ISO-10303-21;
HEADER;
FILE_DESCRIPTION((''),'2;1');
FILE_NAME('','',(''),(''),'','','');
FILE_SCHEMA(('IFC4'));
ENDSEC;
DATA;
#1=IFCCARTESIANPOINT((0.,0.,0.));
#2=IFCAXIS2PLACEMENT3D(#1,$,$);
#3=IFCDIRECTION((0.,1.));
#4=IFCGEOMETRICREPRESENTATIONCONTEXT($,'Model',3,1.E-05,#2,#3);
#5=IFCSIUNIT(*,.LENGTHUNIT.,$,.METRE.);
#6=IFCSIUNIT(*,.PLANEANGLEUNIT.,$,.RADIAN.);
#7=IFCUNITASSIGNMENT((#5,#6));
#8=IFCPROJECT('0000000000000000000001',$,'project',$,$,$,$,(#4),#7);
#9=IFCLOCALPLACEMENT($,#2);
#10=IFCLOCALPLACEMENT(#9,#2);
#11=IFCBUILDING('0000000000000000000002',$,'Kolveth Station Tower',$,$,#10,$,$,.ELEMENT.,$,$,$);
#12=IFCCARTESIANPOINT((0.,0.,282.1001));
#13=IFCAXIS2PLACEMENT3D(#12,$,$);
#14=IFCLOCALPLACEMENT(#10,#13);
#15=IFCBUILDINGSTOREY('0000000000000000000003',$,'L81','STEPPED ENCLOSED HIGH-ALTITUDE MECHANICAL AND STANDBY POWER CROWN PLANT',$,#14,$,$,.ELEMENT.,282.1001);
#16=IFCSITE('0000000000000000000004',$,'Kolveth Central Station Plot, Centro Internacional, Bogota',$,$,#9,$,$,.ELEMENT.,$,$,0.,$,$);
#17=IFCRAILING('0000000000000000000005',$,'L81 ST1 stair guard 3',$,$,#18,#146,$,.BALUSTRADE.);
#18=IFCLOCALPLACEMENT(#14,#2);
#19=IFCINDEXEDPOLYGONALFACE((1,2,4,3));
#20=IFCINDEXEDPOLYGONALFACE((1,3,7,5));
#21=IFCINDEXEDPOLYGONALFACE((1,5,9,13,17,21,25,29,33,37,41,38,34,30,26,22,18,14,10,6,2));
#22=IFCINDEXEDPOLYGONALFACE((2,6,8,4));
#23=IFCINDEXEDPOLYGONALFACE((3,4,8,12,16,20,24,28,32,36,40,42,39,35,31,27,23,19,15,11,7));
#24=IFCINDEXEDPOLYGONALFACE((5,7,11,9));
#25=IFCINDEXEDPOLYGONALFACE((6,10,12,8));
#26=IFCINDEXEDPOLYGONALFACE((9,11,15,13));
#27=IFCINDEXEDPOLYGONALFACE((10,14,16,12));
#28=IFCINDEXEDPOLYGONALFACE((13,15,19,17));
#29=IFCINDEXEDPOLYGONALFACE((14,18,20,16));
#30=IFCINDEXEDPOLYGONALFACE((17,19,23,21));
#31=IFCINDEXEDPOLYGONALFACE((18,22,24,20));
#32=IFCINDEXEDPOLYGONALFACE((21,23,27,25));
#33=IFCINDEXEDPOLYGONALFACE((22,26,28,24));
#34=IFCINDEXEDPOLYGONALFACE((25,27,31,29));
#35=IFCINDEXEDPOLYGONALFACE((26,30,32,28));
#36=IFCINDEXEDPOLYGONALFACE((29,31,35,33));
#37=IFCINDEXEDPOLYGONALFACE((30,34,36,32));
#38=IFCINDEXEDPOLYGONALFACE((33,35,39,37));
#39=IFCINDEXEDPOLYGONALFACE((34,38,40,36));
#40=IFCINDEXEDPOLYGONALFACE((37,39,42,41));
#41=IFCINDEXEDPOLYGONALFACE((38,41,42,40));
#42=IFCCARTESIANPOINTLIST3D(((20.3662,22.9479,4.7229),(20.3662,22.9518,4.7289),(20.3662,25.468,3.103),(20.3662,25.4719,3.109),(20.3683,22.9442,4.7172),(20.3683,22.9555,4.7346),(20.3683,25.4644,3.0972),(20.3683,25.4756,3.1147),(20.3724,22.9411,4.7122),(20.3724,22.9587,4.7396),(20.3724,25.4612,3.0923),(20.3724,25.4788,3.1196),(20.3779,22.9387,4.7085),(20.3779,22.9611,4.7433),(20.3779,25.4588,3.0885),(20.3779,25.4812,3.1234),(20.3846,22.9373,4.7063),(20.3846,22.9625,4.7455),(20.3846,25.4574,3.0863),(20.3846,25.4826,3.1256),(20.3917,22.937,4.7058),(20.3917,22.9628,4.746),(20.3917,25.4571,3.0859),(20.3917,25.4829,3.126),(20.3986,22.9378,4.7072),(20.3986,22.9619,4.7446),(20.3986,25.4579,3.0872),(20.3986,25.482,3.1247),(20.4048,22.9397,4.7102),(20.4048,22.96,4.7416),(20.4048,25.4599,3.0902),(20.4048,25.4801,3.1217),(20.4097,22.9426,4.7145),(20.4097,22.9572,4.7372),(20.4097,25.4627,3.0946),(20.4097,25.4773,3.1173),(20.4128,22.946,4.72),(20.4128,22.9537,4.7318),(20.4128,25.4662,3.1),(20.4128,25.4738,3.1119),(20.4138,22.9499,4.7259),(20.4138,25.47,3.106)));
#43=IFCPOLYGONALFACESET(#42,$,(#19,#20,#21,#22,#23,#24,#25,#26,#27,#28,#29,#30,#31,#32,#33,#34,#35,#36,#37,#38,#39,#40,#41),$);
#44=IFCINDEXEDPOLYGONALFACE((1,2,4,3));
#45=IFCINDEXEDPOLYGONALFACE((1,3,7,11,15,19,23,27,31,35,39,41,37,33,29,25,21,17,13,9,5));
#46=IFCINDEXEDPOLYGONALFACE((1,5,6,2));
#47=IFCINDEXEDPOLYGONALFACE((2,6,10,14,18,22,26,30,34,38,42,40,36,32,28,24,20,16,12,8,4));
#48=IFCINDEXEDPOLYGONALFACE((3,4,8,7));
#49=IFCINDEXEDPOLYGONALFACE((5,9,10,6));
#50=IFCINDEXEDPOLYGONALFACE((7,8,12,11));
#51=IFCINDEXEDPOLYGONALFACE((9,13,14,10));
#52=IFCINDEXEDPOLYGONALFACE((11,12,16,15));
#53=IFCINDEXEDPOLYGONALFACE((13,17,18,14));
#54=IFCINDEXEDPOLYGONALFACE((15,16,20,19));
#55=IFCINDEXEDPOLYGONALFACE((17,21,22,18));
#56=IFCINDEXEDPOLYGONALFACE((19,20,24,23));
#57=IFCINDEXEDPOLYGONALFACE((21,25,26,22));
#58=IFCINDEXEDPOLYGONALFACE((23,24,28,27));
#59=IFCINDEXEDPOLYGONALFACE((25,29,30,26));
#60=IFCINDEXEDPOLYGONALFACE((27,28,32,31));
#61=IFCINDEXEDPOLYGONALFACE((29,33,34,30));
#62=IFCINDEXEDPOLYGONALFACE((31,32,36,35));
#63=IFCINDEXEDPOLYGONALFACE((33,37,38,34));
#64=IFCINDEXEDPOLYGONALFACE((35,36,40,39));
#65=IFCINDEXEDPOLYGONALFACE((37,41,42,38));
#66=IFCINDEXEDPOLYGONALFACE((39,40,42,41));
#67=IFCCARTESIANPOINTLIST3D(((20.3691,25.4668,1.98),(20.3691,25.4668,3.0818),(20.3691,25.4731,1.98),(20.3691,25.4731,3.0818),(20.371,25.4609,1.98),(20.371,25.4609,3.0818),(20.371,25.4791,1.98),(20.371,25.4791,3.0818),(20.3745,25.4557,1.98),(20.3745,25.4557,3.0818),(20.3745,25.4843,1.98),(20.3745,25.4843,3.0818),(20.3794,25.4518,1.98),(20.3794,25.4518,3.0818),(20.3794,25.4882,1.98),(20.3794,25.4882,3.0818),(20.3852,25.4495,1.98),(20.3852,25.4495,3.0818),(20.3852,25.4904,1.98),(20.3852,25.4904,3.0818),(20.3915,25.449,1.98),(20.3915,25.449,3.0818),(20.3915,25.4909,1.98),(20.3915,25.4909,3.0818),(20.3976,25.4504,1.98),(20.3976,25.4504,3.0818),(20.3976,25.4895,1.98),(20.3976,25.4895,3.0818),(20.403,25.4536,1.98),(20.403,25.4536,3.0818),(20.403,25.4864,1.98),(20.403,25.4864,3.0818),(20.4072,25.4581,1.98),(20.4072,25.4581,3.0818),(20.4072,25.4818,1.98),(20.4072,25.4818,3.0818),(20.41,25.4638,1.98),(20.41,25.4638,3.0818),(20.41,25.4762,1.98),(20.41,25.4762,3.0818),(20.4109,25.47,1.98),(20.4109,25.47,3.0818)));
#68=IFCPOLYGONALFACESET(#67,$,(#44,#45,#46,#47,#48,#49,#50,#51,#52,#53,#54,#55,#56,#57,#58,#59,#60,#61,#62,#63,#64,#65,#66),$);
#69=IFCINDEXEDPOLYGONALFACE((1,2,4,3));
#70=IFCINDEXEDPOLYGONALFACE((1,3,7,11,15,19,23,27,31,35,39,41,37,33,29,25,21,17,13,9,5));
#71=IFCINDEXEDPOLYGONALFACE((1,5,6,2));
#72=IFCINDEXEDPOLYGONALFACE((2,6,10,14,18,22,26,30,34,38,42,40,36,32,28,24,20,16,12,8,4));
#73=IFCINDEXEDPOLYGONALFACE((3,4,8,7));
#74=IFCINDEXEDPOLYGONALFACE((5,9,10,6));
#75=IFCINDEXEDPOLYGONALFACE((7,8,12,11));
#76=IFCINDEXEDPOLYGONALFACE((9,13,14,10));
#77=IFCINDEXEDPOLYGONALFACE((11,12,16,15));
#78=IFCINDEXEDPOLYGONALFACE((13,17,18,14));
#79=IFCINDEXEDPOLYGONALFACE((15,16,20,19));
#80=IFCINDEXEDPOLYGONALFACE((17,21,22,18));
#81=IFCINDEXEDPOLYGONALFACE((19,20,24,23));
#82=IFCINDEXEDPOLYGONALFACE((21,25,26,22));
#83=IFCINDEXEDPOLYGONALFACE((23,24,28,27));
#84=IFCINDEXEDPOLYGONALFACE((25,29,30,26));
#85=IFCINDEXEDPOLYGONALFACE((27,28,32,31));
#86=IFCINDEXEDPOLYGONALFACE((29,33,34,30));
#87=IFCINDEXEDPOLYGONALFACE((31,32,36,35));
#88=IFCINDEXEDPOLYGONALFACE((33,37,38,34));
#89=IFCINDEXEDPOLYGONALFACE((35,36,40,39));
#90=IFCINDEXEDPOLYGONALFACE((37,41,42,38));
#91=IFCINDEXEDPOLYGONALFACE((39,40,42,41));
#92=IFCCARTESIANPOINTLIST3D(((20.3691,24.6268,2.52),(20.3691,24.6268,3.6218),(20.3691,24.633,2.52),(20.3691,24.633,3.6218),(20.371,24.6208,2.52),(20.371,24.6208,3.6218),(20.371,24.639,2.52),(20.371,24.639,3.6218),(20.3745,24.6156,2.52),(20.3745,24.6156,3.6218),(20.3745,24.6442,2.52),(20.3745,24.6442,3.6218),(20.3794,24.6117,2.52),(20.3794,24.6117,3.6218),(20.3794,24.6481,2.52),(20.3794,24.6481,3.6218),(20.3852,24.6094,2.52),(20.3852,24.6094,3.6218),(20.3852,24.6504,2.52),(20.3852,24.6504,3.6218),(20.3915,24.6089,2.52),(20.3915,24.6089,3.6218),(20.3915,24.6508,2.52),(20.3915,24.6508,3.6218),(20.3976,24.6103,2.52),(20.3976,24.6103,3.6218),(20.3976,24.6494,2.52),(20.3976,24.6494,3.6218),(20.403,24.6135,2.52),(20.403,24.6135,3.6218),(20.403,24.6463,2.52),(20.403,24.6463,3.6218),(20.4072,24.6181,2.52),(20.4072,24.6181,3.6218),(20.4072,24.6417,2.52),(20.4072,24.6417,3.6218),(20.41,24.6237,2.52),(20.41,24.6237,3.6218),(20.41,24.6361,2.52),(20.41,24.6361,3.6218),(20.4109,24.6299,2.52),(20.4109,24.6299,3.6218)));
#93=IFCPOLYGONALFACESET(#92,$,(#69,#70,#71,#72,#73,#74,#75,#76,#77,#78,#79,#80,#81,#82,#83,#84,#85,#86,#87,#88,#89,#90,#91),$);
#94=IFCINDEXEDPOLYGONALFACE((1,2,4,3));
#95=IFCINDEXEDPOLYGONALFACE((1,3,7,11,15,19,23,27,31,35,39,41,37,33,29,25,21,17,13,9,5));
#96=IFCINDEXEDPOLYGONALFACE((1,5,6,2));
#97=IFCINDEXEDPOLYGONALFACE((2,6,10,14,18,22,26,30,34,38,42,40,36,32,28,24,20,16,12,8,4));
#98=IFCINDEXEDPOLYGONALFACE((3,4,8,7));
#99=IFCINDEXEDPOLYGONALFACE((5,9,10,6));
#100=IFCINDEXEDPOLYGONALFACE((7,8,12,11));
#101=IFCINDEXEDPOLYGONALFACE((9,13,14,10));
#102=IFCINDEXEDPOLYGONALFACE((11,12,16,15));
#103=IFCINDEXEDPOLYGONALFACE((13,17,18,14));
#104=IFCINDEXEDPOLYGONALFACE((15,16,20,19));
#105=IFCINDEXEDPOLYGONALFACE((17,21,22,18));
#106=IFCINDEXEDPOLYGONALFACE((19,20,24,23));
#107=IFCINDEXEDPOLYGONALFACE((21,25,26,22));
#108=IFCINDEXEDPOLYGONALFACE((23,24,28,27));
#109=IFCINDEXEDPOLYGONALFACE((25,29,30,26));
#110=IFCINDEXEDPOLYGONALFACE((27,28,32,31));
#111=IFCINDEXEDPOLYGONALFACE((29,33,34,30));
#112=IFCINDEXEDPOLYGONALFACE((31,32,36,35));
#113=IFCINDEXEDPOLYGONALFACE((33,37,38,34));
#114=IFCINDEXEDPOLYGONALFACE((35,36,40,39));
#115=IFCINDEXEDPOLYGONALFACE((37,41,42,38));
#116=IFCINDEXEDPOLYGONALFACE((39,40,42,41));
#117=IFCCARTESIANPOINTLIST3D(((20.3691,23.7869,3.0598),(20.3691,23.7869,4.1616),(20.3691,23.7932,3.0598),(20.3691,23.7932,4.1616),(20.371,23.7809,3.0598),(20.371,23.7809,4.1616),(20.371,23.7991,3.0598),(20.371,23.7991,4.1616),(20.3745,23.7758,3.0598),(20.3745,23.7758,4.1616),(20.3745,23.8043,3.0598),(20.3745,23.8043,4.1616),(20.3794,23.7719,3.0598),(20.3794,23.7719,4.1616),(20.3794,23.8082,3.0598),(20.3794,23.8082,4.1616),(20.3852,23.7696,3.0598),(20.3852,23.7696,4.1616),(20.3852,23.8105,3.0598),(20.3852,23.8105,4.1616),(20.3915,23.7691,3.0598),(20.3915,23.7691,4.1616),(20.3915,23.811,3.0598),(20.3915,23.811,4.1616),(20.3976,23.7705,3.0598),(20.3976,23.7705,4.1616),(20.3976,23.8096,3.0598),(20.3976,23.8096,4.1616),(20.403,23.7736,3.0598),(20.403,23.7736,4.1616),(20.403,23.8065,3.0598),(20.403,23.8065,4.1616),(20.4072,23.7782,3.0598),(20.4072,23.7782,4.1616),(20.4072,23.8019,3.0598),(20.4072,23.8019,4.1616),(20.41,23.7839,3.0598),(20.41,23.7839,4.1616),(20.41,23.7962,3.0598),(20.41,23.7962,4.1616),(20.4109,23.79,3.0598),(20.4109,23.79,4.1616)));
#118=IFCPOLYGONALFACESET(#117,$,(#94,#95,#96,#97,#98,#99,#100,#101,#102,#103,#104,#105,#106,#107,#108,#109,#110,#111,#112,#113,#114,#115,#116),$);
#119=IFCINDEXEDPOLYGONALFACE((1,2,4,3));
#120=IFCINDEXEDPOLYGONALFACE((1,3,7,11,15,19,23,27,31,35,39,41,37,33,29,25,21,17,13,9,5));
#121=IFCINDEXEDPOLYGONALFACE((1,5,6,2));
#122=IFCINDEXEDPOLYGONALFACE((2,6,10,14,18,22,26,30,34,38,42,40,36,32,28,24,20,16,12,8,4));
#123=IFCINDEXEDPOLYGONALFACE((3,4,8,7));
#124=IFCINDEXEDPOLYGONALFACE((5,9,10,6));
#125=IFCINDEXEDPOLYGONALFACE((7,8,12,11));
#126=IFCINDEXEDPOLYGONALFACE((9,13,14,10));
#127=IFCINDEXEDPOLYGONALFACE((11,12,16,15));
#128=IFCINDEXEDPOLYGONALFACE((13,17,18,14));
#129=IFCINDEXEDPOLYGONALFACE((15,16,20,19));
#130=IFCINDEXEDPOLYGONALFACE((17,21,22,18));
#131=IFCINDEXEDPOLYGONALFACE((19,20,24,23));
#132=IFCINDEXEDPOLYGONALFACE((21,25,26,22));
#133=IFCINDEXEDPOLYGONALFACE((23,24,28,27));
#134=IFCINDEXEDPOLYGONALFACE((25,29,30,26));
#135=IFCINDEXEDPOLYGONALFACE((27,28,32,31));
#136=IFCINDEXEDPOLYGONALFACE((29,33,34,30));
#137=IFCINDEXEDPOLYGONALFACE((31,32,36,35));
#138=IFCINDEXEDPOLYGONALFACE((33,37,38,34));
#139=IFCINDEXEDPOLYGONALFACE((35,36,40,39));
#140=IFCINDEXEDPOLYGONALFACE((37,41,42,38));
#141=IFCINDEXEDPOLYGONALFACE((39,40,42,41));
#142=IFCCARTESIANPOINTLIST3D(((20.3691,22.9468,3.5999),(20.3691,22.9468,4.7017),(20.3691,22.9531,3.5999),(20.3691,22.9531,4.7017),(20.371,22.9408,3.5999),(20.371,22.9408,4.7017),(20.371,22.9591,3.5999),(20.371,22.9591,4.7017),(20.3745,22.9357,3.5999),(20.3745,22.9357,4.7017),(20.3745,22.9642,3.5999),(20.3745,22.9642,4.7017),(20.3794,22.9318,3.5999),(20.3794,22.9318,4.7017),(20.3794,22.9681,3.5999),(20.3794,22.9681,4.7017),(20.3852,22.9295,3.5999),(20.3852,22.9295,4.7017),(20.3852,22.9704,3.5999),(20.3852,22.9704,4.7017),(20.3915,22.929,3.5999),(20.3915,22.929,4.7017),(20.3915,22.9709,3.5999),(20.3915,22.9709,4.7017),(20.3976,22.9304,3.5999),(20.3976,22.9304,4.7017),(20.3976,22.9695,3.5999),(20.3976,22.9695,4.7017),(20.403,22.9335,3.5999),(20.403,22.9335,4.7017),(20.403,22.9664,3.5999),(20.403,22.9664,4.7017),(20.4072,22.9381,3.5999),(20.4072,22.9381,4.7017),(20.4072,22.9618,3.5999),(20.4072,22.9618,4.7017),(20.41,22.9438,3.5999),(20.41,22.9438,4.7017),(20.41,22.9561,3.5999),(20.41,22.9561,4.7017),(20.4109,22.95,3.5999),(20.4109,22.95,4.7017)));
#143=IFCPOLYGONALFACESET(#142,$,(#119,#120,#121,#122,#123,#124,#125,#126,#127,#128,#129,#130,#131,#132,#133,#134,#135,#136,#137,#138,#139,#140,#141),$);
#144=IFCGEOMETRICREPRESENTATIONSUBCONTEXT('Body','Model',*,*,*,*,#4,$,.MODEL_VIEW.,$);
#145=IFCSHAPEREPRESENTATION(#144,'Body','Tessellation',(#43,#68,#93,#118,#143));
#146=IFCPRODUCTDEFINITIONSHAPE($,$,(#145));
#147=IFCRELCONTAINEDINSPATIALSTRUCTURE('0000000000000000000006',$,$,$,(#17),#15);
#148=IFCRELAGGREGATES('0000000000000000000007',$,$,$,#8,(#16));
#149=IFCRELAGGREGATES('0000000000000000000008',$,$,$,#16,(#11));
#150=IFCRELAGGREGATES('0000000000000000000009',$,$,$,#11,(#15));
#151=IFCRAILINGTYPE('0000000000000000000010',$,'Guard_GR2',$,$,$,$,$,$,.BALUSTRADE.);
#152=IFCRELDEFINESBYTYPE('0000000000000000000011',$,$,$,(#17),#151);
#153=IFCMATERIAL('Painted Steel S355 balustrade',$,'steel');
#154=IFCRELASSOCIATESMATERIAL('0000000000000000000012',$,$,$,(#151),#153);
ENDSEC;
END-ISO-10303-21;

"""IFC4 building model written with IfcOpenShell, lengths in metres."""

from ifc_helpers import new_model, si_unit, direction, frame, origin, origin_2d, place, context, subcontext, project, spatial, circle, extrude, material, type_object, element, save


model = new_model("IFC4")

# Units and contexts
model_context = context("Model", 3, precision=1e-05, world=origin(), true_north=direction((0.0, 1.0)))
body_context = subcontext(model_context, "Body", "Model", "MODEL_VIEW")
ifc_project = project(units=[si_unit("LENGTHUNIT", "METRE"), si_unit("PLANEANGLEUNIT", "RADIAN")], contexts=[model_context])

# Site, building, storey
site_placement = place(None, origin())
site = spatial("IfcSite", under=ifc_project, at=site_placement, Name="Kolveth Central Station Plot, Centro Internacional, Bogota", CompositionType="ELEMENT", RefElevation=0.0)
building_placement = place(site_placement, origin())
building = spatial("IfcBuilding", under=site, at=building_placement, Name="Kolveth Station Tower", CompositionType="ELEMENT")
storey_placement = place(building_placement, frame((0.0, 0.0, 282.1001)))
storey = spatial("IfcBuildingStorey", under=building, at=storey_placement, Name="L81", Description="STEPPED ENCLOSED HIGH-ALTITUDE MECHANICAL AND STANDBY POWER CROWN PLANT", CompositionType="ELEMENT", Elevation=282.1001)

# Railing
ifc_material_1 = material(Name="Painted Steel S355 balustrade", Category="steel")
railing_type_1 = type_object("IfcRailingType", Name="Guard_GR2", PredefinedType="BALUSTRADE", material=ifc_material_1)
railing_1_placement = place(storey_placement, frame((20.3899, 25.47, 1.98)))
element("IfcRailing", 1, at=railing_1_placement, inside=storey, type_object=railing_type_1, Name="L81 ST1 stair guard 3", PredefinedType="BALUSTRADE", context=body_context, shape_type="SweptSolid", body=[
    extrude(circle(Radius=0.0239, at=origin_2d()), frame((0.0, 0.0, 1.126), z_axis=(0.0, -0.8412, 0.540725), x_axis=(1.0, 0.0, 0.0)), (0.0, 0.0, 1.0), 2.9958),
    extrude(circle(Radius=0.021, at=origin_2d()), origin(), (0.0, 0.0, 1.0), 1.1018),
    extrude(circle(Radius=0.021, at=origin_2d()), frame((0.0, -0.8401, 0.54)), (0.0, 0.0, 1.0), 1.1018),
    extrude(circle(Radius=0.021, at=origin_2d()), frame((0.0, -1.6799, 1.0798)), (0.0, 0.0, 1.0), 1.1018),
    extrude(circle(Radius=0.021, at=origin_2d()), frame((0.0, -2.52, 1.6199)), (0.0, 0.0, 1.0), 1.1018),
])

save(model, "model.ifc")
